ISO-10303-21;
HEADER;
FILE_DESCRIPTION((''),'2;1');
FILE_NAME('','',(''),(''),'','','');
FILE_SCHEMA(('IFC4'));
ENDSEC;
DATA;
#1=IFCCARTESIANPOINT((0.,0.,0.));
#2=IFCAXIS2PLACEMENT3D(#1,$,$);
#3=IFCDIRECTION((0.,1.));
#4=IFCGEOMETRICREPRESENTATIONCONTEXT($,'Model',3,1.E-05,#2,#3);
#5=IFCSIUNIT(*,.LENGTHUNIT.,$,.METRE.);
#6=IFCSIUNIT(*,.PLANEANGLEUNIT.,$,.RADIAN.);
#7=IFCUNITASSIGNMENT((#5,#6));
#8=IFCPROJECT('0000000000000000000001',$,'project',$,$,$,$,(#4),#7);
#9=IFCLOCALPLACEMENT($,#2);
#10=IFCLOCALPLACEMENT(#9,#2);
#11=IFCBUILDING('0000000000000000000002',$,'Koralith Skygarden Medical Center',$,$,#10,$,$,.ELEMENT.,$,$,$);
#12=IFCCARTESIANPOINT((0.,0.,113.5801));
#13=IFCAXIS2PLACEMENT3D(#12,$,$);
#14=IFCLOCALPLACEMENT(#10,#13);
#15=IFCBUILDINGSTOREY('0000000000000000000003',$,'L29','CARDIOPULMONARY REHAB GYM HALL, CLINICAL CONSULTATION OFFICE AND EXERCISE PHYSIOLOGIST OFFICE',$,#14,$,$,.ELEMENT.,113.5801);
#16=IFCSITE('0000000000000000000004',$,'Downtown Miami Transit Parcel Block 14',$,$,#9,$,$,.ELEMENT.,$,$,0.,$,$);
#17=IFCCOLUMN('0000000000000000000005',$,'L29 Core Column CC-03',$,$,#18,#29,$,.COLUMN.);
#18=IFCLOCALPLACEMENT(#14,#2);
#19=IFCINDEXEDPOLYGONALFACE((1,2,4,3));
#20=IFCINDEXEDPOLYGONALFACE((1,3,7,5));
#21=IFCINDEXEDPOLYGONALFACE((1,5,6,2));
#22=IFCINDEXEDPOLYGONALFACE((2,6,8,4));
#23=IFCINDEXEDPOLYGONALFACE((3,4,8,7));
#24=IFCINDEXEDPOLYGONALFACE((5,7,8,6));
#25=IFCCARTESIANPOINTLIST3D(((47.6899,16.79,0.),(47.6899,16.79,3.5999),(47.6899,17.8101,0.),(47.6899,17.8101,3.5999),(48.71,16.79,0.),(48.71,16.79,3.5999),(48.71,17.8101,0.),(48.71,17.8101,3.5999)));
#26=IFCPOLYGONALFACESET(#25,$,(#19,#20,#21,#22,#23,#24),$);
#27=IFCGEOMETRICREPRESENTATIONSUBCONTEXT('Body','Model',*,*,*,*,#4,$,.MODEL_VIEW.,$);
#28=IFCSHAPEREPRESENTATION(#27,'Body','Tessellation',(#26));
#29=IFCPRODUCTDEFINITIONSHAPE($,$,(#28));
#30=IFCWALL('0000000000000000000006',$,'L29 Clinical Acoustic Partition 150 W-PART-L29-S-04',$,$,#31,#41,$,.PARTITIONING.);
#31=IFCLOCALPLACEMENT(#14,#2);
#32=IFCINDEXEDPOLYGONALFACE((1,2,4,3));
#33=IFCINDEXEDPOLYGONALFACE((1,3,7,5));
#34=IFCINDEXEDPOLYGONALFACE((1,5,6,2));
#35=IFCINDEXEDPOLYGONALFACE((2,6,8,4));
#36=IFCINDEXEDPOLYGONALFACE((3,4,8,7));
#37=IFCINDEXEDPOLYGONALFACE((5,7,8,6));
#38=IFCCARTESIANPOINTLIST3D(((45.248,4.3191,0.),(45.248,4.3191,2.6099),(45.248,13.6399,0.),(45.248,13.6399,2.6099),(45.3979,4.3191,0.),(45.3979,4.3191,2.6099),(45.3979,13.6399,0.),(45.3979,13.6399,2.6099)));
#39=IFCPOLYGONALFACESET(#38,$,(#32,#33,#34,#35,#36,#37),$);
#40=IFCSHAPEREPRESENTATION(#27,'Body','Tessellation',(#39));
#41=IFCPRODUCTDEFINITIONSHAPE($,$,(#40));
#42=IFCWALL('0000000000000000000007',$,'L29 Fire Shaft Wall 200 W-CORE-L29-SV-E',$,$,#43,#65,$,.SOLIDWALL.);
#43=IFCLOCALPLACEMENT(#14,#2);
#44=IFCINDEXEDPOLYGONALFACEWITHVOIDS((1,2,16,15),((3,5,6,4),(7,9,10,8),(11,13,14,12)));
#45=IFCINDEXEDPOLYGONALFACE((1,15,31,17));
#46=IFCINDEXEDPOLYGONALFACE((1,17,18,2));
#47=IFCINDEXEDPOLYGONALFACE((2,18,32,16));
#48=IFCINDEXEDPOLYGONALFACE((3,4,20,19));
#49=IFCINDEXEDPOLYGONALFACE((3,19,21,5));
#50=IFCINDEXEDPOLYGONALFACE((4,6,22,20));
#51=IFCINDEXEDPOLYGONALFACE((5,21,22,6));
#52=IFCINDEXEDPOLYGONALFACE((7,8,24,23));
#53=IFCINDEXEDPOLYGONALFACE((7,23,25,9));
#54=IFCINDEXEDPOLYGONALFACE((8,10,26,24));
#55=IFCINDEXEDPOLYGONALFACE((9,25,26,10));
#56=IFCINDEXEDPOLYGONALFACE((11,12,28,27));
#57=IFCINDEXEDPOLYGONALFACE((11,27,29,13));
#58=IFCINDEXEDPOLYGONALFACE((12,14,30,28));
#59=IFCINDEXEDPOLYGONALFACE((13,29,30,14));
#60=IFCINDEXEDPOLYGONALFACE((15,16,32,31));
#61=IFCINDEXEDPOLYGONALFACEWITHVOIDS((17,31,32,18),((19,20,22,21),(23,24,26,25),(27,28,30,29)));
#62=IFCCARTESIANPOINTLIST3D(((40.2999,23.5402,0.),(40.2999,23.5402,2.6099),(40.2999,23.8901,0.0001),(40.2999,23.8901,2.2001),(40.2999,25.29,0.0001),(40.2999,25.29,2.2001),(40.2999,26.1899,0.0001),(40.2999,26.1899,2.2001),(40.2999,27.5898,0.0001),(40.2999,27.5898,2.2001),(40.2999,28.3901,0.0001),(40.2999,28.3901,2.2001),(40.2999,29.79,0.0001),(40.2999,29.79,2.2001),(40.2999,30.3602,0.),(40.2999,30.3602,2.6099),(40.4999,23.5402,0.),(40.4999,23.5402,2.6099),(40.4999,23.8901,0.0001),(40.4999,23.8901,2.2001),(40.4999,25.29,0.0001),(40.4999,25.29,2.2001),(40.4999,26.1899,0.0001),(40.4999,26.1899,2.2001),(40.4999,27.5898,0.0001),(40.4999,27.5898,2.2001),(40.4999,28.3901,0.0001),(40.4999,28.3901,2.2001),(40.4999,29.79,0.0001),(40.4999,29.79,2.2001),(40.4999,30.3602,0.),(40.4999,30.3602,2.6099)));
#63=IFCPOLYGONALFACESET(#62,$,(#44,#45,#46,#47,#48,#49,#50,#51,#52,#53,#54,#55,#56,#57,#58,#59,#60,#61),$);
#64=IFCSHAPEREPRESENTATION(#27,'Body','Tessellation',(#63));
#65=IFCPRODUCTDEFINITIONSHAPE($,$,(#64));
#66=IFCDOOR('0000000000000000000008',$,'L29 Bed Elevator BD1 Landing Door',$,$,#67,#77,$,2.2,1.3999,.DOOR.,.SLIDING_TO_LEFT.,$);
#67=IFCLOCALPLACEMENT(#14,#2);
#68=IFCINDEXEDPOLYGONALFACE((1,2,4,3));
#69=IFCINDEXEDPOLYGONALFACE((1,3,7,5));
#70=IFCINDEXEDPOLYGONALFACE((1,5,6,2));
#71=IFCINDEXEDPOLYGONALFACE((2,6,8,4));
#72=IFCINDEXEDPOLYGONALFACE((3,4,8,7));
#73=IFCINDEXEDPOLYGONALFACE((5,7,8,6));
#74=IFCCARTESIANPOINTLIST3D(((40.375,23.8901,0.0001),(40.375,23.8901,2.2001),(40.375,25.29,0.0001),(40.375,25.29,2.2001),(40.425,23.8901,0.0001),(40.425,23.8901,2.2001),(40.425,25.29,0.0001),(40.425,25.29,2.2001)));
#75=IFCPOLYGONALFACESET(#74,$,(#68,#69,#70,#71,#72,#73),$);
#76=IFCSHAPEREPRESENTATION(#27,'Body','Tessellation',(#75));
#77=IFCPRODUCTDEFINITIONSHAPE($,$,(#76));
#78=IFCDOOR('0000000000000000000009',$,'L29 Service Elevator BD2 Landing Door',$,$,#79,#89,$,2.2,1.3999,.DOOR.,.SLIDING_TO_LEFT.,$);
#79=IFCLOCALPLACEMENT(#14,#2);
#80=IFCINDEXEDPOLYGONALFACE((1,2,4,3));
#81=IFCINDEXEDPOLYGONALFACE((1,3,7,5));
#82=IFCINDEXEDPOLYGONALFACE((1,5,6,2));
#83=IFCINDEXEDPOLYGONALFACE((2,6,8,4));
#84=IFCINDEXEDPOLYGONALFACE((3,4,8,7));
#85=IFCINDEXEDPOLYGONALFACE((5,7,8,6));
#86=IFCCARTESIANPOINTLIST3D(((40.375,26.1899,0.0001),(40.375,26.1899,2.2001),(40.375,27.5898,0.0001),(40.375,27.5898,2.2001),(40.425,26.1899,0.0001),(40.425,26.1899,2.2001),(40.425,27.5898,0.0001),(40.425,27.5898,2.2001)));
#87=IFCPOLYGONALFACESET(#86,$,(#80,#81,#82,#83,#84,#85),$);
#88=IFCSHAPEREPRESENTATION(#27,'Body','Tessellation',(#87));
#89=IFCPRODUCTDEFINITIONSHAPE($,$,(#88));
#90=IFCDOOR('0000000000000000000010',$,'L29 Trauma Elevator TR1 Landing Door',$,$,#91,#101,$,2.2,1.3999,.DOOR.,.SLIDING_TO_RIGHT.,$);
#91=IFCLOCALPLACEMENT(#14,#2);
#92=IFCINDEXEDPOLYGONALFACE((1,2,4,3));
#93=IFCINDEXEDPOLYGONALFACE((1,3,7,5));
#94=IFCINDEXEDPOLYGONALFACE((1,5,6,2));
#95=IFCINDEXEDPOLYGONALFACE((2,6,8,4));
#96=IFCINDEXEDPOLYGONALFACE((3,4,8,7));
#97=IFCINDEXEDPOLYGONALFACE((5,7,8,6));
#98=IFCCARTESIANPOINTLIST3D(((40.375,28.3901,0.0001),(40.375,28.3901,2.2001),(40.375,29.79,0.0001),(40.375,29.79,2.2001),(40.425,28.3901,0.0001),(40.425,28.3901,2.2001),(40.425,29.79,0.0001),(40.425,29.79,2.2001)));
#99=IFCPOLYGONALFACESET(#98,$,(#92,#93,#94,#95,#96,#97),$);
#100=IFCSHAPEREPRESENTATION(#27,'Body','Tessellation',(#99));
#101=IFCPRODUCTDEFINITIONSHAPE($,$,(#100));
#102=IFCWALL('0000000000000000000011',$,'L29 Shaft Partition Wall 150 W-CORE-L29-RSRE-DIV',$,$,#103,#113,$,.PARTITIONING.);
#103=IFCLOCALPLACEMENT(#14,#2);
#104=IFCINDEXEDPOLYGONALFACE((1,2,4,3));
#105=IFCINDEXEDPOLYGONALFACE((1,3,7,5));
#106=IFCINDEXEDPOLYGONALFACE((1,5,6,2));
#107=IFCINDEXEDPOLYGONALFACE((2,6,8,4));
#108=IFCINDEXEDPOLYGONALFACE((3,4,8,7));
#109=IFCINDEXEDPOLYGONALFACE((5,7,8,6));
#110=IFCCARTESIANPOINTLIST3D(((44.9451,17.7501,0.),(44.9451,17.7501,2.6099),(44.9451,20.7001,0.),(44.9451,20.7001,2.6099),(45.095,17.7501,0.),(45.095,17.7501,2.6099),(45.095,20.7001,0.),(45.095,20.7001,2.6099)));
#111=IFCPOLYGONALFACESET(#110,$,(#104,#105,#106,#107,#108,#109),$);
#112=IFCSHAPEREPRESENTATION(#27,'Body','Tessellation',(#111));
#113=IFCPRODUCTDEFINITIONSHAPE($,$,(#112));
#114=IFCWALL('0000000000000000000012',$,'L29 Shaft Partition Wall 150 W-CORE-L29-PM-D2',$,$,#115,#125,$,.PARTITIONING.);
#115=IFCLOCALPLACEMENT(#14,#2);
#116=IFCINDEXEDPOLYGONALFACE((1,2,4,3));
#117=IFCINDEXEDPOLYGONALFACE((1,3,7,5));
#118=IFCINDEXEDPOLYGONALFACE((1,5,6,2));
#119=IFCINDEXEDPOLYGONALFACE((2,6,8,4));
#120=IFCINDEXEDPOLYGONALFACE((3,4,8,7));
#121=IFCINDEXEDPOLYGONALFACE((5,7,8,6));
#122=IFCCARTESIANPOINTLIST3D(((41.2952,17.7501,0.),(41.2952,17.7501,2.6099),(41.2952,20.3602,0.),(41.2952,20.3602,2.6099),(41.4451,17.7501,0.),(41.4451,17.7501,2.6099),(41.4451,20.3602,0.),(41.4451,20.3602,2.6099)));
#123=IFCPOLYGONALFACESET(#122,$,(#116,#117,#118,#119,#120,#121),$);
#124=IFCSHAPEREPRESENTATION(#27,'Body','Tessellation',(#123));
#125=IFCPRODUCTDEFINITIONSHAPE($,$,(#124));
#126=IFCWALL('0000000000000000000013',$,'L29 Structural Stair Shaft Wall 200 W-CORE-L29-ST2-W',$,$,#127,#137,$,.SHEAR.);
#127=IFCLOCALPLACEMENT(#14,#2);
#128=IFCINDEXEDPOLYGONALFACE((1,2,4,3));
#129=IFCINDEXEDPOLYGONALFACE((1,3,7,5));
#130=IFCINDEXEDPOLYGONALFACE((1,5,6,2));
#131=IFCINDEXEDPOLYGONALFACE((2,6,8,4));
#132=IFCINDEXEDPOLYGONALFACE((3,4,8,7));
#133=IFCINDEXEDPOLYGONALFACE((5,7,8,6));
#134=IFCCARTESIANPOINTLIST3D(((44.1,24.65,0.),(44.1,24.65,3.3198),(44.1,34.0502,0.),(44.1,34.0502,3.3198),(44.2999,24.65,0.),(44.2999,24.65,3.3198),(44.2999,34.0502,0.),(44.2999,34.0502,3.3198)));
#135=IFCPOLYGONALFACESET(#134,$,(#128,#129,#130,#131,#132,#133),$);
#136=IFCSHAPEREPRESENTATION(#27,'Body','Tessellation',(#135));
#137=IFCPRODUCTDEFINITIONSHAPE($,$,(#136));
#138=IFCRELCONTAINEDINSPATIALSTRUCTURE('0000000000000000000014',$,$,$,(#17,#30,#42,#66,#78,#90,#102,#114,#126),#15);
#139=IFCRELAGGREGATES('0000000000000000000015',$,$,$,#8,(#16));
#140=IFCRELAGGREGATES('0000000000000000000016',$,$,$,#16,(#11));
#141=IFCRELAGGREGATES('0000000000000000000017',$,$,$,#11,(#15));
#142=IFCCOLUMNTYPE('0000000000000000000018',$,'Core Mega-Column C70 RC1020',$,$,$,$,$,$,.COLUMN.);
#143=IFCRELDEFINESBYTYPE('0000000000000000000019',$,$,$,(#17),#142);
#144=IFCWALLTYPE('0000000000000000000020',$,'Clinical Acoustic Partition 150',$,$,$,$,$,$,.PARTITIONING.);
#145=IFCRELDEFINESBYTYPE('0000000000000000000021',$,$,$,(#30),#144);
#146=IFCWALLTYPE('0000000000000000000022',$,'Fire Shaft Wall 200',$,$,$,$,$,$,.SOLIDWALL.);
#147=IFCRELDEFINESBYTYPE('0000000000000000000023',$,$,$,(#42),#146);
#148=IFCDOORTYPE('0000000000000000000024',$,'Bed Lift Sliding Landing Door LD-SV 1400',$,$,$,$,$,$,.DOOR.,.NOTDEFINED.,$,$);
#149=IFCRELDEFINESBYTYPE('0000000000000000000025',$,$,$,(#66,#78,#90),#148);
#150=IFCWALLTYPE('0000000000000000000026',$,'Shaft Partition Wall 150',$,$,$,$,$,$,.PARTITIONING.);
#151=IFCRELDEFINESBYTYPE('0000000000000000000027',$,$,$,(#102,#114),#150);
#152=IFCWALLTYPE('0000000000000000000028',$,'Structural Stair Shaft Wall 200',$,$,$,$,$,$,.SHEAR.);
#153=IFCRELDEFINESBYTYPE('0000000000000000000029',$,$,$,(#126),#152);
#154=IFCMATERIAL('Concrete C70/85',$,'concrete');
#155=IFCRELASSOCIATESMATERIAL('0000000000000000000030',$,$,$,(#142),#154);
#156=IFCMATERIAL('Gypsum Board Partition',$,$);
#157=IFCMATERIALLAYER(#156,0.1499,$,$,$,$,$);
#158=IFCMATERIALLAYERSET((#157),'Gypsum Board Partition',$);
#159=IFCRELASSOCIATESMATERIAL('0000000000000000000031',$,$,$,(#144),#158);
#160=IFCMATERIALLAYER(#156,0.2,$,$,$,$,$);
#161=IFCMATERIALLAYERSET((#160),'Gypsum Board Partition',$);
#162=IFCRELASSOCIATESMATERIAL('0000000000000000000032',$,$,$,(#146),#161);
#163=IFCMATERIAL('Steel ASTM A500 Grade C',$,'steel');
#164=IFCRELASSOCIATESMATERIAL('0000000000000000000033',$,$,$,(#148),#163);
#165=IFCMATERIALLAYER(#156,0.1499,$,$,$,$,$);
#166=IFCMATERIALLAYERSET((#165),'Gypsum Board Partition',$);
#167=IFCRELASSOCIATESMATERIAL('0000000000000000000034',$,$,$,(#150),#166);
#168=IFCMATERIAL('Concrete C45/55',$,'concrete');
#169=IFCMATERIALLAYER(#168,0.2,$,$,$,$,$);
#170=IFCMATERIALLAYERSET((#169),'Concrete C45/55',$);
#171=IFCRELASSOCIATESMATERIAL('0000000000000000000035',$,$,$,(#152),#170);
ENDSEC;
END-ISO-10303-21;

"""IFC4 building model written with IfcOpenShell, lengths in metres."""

from ifc_helpers import new_model, si_unit, direction, frame, frame_2d, origin, origin_2d, place, context, subcontext, project, spatial, rectangle, extrude, material, layer, layer_set, material_profile, profile_set, type_object, element, fill, save


model = new_model("IFC4")

# Units and contexts
model_context = context("Model", 3, precision=1e-05, world=origin(), true_north=direction((0.0, 1.0)))
body_context = subcontext(model_context, "Body", "Model", "MODEL_VIEW")
ifc_project = project(units=[si_unit("LENGTHUNIT", "METRE"), si_unit("PLANEANGLEUNIT", "RADIAN")], contexts=[model_context])

# Site, building, storey
site_placement = place(None, origin())
site = spatial("IfcSite", under=ifc_project, at=site_placement, Name="Downtown Miami Transit Parcel Block 14", CompositionType="ELEMENT", RefElevation=0.0)
building_placement = place(site_placement, origin())
building = spatial("IfcBuilding", under=site, at=building_placement, Name="Koralith Skygarden Medical Center", CompositionType="ELEMENT")
storey_placement = place(building_placement, frame((0.0, 0.0, 113.5801)))
storey = spatial("IfcBuildingStorey", under=building, at=storey_placement, Name="L29", Description="CARDIOPULMONARY REHAB GYM HALL, CLINICAL CONSULTATION OFFICE AND EXERCISE PHYSIOLOGIST OFFICE", CompositionType="ELEMENT", Elevation=113.5801)

# Column
ifc_material_1 = material(Name="Concrete C70/85", Category="concrete")
ifc_material_profile = material_profile(ifc_material_1, rectangle(XDim=1.02, YDim=1.02, at=origin_2d()), Name="RC1020X1020")
ifc_profile_set = profile_set([ifc_material_profile], Name="Concrete C70/85")
column_type = type_object("IfcColumnType", Name="Core Mega-Column C70 RC1020", PredefinedType="COLUMN", material=ifc_profile_set)
column_placement = place(storey_placement, frame((48.2, 17.3, 0.0), z_axis=(0.0, 0.0, 1.0), x_axis=(1.0, 0.0, 0.0)))
element("IfcColumn", 1, at=column_placement, inside=storey, type_object=column_type, Name="L29 Core Column CC-03", PredefinedType="COLUMN", context=body_context, shape_type="SweptSolid", body=[
    extrude(rectangle(XDim=1.02, YDim=1.02, at=origin_2d()), origin(), (0.0, 0.0, 1.0), 3.5999),
])

# Wall
ifc_material_2 = material(Name="Gypsum Board Partition")
ifc_layer_1 = layer(ifc_material_2, 0.1499)
ifc_layer_set_1 = layer_set([ifc_layer_1], Name="Gypsum Board Partition")
wall_type_1 = type_object("IfcWallType", Name="Clinical Acoustic Partition 150", PredefinedType="PARTITIONING", material=ifc_layer_set_1)
wall_1_placement = place(storey_placement, frame((45.323, 13.6399, 0.0), z_axis=(0.0, 0.0, 1.0), x_axis=(0.0, -1.0, 0.0)))
element("IfcWall", 2, at=wall_1_placement, inside=storey, type_object=wall_type_1, Name="L29 Clinical Acoustic Partition 150 W-PART-L29-S-04", PredefinedType="PARTITIONING", context=body_context, shape_type="SweptSolid", body=[
    extrude(rectangle(XDim=9.3208, YDim=0.1499, at=frame_2d((4.6604, 0.0))), origin(), (0.0, 0.0, 1.0), 2.6099),
])

# Shared definitions
ifc_layer_2 = layer(ifc_material_2, 0.2)
ifc_layer_set_2 = layer_set([ifc_layer_2], Name="Gypsum Board Partition")
wall_type_2 = type_object("IfcWallType", Name="Fire Shaft Wall 200", PredefinedType="SOLIDWALL", material=ifc_layer_set_2)
ifc_material_3 = material(Name="Steel ASTM A500 Grade C", Category="steel")

# Wall, openings, doors
wall_2_placement = place(storey_placement, frame((40.3999, 23.54, 0.0), z_axis=(0.0, 0.0, 1.0), x_axis=(0.0, 1.0, 0.0)))
wall_2 = element("IfcWall", 3, at=wall_2_placement, inside=storey, type_object=wall_type_2, Name="L29 Fire Shaft Wall 200 W-CORE-L29-SV-E", PredefinedType="SOLIDWALL", context=body_context, shape_type="SweptSolid", body=[
    extrude(rectangle(XDim=6.8201, YDim=0.2, at=frame_2d((3.4102, 0.0))), origin(), (0.0, 0.0, 1.0), 2.6099),
])
opening_1_placement = place(wall_2_placement, frame((0.3501, 0.0, 0.0)))
opening_1 = element("IfcOpeningElement", 4, at=opening_1_placement, cuts=wall_2, PredefinedType="OPENING", context=body_context, shape_type="SweptSolid", body=[
    extrude(rectangle(XDim=1.3999, YDim=2.2, at=frame_2d((0.7, 1.1001))), frame((0.0, 0.1099, 0.0), z_axis=(0.0, -1.0, 0.0), x_axis=(1.0, 0.0, 0.0)), (0.0, 0.0, 1.0), 0.22),
])
opening_2_placement = place(wall_2_placement, frame((2.6499, 0.0, 0.0)))
opening_2 = element("IfcOpeningElement", 5, at=opening_2_placement, cuts=wall_2, PredefinedType="OPENING", context=body_context, shape_type="SweptSolid", body=[
    extrude(rectangle(XDim=1.3999, YDim=2.2, at=frame_2d((0.7, 1.1001))), frame((0.0, 0.1099, 0.0), z_axis=(0.0, -1.0, 0.0), x_axis=(1.0, 0.0, 0.0)), (0.0, 0.0, 1.0), 0.22),
])
opening_3_placement = place(wall_2_placement, frame((4.8501, 0.0, 0.0)))
opening_3 = element("IfcOpeningElement", 6, at=opening_3_placement, cuts=wall_2, PredefinedType="OPENING", context=body_context, shape_type="SweptSolid", body=[
    extrude(rectangle(XDim=1.3999, YDim=2.2, at=frame_2d((0.7, 1.1001))), frame((0.0, 0.1099, 0.0), z_axis=(0.0, -1.0, 0.0), x_axis=(1.0, 0.0, 0.0)), (0.0, 0.0, 1.0), 0.22),
])
door_type_1 = type_object("IfcDoorType", Name="Bed Lift Sliding Landing Door LD-SV 1400", OperationType="NOTDEFINED", PredefinedType="DOOR", material=ifc_material_3)
door_1_placement = place(opening_1_placement, origin())
door_1 = element("IfcDoor", 7, at=door_1_placement, inside=storey, type_object=door_type_1, Name="L29 Bed Elevator BD1 Landing Door", OperationType="SLIDING_TO_LEFT", OverallHeight=2.2, OverallWidth=1.3999, PredefinedType="DOOR", context=body_context, shape_type="SweptSolid", body=[
    extrude(rectangle(XDim=1.3999, YDim=2.2, at=frame_2d((0.7, 1.1001))), frame((0.0, 0.0249, 0.0), z_axis=(0.0, -1.0, 0.0), x_axis=(1.0, 0.0, 0.0)), (0.0, 0.0, 1.0), 0.05),
])
fill(opening_1, door_1)
door_2_placement = place(opening_2_placement, origin())
door_2 = element("IfcDoor", 8, at=door_2_placement, inside=storey, type_object=door_type_1, Name="L29 Service Elevator BD2 Landing Door", OperationType="SLIDING_TO_LEFT", OverallHeight=2.2, OverallWidth=1.3999, PredefinedType="DOOR", context=body_context, shape_type="SweptSolid", body=[
    extrude(rectangle(XDim=1.3999, YDim=2.2, at=frame_2d((0.7, 1.1001))), frame((0.0, 0.0249, 0.0), z_axis=(0.0, -1.0, 0.0), x_axis=(1.0, 0.0, 0.0)), (0.0, 0.0, 1.0), 0.05),
])
fill(opening_2, door_2)
door_3_placement = place(opening_3_placement, origin())
door_3 = element("IfcDoor", 9, at=door_3_placement, inside=storey, type_object=door_type_1, Name="L29 Trauma Elevator TR1 Landing Door", OperationType="SLIDING_TO_RIGHT", OverallHeight=2.2, OverallWidth=1.3999, PredefinedType="DOOR", context=body_context, shape_type="SweptSolid", body=[
    extrude(rectangle(XDim=1.3999, YDim=2.2, at=frame_2d((0.7, 1.1001))), frame((0.0, 0.0249, 0.0), z_axis=(0.0, -1.0, 0.0), x_axis=(1.0, 0.0, 0.0)), (0.0, 0.0, 1.0), 0.05),
])
fill(opening_3, door_3)

# Walls
ifc_layer_3 = layer(ifc_material_2, 0.1499)
ifc_layer_set_3 = layer_set([ifc_layer_3], Name="Gypsum Board Partition")
wall_type_3 = type_object("IfcWallType", Name="Shaft Partition Wall 150", PredefinedType="PARTITIONING", material=ifc_layer_set_3)
wall_3_placement = place(storey_placement, frame((45.02, 17.75, 0.0), z_axis=(0.0, 0.0, 1.0), x_axis=(0.0, 1.0, 0.0)))
element("IfcWall", 10, at=wall_3_placement, inside=storey, type_object=wall_type_3, Name="L29 Shaft Partition Wall 150 W-CORE-L29-RSRE-DIV", PredefinedType="PARTITIONING", context=body_context, shape_type="SweptSolid", body=[
    extrude(rectangle(XDim=2.95, YDim=0.1499, at=frame_2d((1.4751, 0.0))), origin(), (0.0, 0.0, 1.0), 2.6099),
])
wall_4_placement = place(storey_placement, frame((41.3701, 17.75, 0.0), z_axis=(0.0, 0.0, 1.0), x_axis=(0.0, 1.0, 0.0)))
element("IfcWall", 11, at=wall_4_placement, inside=storey, type_object=wall_type_3, Name="L29 Shaft Partition Wall 150 W-CORE-L29-PM-D2", PredefinedType="PARTITIONING", context=body_context, shape_type="SweptSolid", body=[
    extrude(rectangle(XDim=2.6101, YDim=0.1499, at=frame_2d((1.3052, 0.0))), origin(), (0.0, 0.0, 1.0), 2.6099),
])
ifc_material_4 = material(Name="Concrete C45/55", Category="concrete")
ifc_layer_4 = layer(ifc_material_4, 0.2)
ifc_layer_set_4 = layer_set([ifc_layer_4], Name="Concrete C45/55")
wall_type_4 = type_object("IfcWallType", Name="Structural Stair Shaft Wall 200", PredefinedType="SHEAR", material=ifc_layer_set_4)
wall_5_placement = place(storey_placement, frame((44.2, 24.6499, 0.0), z_axis=(0.0, 0.0, 1.0), x_axis=(0.0, 1.0, 0.0)))
element("IfcWall", 12, at=wall_5_placement, inside=storey, type_object=wall_type_4, Name="L29 Structural Stair Shaft Wall 200 W-CORE-L29-ST2-W", PredefinedType="SHEAR", context=body_context, shape_type="SweptSolid", body=[
    extrude(rectangle(XDim=9.4001, YDim=0.2, at=frame_2d((4.7002, 0.0))), origin(), (0.0, 0.0, 1.0), 3.3198),
])

save(model, "model.ifc")
